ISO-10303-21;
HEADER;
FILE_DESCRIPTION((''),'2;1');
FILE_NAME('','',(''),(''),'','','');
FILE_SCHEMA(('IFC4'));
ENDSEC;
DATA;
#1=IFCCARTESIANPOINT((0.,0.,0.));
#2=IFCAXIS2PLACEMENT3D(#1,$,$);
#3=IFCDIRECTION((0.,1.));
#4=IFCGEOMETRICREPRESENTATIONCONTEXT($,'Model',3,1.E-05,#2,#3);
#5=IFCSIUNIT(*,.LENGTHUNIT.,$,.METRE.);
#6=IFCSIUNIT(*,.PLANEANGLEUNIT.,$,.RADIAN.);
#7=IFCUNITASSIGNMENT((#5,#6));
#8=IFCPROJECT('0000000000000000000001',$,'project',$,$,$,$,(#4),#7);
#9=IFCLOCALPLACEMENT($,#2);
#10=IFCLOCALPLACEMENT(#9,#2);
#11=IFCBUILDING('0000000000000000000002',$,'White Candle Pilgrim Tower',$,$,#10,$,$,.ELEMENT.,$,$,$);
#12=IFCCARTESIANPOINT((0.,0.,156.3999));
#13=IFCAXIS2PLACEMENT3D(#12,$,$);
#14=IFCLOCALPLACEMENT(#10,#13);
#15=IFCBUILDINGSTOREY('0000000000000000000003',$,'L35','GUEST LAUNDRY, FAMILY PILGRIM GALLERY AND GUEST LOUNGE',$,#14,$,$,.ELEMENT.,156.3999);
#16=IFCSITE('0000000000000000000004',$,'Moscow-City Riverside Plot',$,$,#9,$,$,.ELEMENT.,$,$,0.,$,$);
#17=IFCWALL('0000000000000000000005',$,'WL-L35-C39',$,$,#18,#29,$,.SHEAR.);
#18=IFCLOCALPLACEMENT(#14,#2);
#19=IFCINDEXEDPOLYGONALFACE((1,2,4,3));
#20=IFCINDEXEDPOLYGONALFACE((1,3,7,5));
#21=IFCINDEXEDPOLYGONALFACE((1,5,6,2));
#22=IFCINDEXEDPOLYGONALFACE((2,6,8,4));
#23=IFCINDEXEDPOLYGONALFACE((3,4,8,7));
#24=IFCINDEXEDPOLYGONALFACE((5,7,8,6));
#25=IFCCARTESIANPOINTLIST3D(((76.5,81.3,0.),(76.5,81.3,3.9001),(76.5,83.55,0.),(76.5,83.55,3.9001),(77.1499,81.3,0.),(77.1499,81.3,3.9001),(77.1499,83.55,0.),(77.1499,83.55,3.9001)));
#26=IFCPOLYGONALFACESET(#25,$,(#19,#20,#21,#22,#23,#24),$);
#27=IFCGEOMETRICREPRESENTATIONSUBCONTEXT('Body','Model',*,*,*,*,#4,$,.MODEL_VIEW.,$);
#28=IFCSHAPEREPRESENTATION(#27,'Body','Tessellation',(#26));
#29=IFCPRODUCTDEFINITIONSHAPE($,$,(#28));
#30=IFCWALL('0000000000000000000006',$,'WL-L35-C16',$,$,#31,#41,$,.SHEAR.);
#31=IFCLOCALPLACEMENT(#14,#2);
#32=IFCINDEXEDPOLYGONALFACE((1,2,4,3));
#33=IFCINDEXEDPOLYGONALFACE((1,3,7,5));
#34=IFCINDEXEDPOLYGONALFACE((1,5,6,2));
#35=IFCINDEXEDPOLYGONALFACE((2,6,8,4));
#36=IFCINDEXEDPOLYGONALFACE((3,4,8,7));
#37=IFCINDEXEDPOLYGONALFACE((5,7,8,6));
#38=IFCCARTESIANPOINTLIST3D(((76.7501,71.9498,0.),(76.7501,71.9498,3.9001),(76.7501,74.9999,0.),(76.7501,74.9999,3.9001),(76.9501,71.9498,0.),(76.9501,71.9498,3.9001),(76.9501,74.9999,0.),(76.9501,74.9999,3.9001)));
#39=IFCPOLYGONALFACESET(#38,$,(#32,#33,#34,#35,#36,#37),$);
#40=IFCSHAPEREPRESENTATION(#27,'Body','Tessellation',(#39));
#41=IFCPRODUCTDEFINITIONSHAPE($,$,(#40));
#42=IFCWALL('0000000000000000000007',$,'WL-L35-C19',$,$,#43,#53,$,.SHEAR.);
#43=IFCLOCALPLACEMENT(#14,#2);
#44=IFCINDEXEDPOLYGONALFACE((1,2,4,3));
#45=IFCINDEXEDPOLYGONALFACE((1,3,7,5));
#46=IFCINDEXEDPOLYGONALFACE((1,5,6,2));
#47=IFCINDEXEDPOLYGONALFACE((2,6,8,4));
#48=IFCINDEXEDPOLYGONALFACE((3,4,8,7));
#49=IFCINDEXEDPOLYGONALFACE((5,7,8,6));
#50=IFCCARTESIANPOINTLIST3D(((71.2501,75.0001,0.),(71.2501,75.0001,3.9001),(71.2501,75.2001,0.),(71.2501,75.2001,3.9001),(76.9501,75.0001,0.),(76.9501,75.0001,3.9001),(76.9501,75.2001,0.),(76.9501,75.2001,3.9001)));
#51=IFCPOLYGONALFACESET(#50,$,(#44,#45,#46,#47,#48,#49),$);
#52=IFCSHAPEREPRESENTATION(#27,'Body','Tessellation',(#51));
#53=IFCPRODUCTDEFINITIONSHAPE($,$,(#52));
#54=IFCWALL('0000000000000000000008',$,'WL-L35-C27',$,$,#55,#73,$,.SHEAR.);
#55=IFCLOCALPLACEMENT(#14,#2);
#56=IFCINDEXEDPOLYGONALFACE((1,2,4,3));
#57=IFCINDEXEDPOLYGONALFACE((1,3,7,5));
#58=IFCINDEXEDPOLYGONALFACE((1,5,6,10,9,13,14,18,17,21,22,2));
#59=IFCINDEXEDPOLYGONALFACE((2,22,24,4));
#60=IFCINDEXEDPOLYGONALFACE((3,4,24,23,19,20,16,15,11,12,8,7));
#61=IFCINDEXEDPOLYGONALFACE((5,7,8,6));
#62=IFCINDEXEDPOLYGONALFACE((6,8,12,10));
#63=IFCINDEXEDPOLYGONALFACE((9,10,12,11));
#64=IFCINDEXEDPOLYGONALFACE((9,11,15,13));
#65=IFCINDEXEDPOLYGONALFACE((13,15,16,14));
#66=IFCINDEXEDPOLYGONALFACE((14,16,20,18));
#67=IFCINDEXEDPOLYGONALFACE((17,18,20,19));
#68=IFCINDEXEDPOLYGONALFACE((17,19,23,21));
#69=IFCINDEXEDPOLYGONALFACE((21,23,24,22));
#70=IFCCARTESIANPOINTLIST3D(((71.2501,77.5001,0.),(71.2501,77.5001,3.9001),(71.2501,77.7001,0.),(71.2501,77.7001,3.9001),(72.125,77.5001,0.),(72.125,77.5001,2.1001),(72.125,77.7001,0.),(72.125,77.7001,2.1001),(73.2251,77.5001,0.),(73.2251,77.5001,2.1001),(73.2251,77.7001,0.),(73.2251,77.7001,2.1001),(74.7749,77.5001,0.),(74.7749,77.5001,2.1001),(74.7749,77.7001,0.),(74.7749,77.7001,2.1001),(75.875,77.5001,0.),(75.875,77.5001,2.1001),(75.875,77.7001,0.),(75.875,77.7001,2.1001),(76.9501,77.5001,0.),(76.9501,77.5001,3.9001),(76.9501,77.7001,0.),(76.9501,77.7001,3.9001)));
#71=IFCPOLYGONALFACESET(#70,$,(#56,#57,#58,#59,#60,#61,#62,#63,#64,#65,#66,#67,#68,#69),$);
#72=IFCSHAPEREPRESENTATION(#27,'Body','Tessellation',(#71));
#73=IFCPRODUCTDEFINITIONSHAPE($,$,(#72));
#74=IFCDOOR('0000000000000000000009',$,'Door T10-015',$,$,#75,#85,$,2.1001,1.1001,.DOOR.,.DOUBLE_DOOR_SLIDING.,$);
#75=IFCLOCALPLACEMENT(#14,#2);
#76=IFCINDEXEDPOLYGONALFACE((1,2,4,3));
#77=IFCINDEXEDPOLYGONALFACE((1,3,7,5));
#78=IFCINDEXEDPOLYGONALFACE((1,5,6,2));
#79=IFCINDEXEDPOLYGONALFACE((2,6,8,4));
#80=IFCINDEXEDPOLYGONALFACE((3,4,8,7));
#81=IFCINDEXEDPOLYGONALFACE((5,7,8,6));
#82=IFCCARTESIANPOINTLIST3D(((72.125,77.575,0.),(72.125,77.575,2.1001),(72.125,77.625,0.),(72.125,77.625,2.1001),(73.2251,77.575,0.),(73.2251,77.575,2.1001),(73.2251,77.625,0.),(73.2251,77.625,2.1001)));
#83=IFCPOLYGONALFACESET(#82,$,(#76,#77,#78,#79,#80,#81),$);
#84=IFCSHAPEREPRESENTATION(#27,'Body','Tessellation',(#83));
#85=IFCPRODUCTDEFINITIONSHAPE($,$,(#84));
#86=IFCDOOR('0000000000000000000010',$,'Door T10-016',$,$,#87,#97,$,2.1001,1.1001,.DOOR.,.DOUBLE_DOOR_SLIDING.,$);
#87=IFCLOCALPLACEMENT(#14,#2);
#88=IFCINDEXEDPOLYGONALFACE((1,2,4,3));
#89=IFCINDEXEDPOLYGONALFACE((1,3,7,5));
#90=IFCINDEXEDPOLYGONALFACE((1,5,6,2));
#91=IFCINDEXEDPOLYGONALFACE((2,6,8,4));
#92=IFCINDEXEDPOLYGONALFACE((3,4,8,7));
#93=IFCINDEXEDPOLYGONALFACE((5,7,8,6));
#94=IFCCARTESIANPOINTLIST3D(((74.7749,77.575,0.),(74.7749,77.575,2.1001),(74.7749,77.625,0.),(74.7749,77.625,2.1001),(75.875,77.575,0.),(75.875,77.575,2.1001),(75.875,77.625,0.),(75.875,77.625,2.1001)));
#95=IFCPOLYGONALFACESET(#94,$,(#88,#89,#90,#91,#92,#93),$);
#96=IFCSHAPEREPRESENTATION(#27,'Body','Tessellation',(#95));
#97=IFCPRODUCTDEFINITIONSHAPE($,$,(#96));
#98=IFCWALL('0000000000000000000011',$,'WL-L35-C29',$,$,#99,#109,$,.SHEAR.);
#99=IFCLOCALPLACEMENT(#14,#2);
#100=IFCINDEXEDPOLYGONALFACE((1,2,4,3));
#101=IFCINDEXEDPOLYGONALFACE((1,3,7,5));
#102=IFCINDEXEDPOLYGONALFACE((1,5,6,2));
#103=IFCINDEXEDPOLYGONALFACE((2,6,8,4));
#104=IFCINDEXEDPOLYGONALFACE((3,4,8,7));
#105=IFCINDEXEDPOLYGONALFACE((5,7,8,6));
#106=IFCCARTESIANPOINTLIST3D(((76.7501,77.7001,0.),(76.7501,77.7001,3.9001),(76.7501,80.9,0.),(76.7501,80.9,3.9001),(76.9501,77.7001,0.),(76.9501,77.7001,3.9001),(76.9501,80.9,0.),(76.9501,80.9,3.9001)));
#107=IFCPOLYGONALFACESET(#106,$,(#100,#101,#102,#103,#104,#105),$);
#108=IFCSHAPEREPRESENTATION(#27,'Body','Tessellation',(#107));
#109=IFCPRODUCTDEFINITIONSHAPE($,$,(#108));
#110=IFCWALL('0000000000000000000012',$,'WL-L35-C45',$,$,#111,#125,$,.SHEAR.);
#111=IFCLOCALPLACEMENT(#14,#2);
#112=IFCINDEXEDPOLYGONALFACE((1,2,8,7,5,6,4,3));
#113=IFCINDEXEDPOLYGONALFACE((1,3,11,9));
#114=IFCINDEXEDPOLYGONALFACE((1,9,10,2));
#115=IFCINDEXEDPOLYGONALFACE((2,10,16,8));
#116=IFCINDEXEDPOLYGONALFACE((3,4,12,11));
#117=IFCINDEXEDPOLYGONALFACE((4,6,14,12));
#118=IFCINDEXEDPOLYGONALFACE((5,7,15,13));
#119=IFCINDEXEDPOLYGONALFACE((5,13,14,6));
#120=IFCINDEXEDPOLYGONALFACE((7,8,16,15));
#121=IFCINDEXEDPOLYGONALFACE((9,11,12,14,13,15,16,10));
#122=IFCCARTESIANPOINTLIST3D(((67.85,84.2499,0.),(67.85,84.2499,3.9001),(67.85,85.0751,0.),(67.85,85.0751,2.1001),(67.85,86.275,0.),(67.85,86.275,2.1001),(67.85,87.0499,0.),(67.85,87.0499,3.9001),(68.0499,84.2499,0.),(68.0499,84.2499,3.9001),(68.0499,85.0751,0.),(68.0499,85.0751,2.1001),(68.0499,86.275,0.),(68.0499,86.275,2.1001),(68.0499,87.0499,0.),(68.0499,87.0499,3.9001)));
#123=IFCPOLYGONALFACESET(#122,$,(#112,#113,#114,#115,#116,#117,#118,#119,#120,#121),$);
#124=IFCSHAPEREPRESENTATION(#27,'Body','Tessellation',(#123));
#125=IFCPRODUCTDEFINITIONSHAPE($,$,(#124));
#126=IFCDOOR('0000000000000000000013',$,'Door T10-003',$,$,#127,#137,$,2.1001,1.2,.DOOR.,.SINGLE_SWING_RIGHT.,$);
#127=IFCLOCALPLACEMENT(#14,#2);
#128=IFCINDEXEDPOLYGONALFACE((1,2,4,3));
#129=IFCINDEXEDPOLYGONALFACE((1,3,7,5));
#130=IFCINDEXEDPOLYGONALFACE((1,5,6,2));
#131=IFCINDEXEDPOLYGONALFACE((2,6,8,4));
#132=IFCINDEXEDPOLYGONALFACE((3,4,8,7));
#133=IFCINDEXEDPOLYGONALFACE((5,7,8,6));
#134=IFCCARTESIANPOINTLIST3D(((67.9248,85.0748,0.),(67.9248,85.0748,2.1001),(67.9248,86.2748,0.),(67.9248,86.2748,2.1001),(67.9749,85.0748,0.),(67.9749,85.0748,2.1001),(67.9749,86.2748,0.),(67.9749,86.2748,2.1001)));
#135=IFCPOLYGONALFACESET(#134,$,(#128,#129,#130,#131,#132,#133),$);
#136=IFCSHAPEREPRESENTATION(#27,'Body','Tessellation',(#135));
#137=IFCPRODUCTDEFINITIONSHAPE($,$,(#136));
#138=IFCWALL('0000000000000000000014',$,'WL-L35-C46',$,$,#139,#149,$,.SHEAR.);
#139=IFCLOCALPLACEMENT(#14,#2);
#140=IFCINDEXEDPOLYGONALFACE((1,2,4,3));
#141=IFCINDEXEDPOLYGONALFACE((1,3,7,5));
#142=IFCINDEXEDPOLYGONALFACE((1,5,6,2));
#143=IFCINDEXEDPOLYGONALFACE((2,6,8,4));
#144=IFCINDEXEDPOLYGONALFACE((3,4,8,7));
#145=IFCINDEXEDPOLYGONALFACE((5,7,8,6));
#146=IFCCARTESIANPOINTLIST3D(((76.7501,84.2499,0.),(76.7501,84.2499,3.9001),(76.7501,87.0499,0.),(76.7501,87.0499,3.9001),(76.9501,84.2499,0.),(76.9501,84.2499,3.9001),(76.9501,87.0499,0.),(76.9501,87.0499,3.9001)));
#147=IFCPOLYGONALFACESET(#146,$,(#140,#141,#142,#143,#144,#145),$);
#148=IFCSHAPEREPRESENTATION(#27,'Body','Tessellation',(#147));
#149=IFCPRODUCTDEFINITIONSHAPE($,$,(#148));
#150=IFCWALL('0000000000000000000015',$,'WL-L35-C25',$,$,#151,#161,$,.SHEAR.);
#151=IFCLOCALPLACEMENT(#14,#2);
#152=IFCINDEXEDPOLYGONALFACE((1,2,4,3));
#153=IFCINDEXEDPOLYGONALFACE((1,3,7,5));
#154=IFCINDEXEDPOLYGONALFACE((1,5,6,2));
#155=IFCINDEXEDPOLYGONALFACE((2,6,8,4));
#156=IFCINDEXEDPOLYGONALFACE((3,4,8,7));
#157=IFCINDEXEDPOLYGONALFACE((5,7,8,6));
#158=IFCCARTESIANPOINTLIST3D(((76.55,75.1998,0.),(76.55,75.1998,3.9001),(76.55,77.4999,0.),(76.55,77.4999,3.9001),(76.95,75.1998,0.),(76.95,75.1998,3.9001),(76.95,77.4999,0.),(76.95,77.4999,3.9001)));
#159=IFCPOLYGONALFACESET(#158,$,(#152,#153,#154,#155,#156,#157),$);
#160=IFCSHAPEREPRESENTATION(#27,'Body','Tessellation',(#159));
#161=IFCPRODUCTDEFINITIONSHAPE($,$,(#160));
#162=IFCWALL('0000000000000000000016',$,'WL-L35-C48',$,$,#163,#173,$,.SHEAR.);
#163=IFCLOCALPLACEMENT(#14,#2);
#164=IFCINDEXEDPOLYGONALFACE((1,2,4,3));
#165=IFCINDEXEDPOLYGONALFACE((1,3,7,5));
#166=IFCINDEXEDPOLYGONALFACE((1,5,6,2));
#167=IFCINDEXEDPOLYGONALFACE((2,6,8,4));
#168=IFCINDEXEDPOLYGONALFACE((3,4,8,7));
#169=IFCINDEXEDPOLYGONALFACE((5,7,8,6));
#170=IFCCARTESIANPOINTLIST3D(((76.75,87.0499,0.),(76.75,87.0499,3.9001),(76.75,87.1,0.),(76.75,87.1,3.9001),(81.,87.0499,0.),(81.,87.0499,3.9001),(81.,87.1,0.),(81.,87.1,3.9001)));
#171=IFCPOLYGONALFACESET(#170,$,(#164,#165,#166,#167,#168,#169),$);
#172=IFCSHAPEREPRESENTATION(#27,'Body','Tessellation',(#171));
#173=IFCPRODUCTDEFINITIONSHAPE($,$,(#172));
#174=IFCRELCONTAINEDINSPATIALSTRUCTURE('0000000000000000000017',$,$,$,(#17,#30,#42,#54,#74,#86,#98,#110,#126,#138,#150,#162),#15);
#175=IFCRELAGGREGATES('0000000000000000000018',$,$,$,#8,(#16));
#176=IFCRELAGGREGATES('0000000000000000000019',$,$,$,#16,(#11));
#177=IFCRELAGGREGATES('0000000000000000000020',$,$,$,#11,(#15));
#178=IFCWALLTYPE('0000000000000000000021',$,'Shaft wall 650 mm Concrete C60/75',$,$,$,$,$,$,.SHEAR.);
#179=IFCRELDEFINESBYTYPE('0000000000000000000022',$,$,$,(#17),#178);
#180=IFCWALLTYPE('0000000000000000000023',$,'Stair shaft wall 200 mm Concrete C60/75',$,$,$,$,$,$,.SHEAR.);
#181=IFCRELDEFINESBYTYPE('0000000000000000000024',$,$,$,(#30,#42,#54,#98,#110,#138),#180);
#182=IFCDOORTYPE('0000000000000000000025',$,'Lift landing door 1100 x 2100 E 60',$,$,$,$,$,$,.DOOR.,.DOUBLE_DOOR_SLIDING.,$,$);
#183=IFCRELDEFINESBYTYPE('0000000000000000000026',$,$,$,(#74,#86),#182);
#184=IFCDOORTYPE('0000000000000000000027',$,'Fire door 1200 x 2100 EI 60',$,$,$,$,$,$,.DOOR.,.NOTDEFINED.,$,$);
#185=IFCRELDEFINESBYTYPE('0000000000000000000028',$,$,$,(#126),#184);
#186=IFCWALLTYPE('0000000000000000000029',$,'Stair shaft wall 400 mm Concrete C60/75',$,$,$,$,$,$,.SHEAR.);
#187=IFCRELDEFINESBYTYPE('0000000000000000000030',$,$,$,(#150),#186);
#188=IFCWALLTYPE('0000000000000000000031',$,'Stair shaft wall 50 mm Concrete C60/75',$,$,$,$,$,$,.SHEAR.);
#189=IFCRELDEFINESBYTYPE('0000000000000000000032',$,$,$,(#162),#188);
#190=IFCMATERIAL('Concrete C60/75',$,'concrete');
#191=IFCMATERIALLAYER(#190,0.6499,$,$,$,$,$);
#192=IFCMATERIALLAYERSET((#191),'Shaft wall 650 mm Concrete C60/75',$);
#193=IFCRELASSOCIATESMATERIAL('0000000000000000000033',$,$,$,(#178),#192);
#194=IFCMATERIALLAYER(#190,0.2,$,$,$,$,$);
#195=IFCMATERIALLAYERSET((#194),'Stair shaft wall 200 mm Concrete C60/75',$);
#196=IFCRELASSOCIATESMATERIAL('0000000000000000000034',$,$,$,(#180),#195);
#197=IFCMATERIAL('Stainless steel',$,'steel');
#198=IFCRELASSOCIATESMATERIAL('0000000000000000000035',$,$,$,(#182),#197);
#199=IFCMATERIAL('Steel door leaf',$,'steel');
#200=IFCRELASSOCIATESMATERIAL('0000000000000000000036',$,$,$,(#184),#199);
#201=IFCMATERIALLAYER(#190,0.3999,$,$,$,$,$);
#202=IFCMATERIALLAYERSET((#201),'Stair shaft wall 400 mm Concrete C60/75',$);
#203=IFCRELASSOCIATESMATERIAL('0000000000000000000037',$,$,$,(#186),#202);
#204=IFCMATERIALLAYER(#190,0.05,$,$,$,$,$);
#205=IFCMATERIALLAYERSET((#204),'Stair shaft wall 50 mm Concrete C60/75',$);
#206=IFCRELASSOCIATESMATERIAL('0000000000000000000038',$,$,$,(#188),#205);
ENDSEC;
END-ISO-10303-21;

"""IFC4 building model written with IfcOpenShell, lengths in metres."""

from ifc_helpers import new_model, si_unit, direction, frame, frame_2d, origin, place, context, subcontext, project, spatial, rectangle, extrude, material, layer, layer_set, type_object, element, fill, save


model = new_model("IFC4")

# Units and contexts
model_context = context("Model", 3, precision=1e-05, world=origin(), true_north=direction((0.0, 1.0)))
body_context = subcontext(model_context, "Body", "Model", "MODEL_VIEW")
ifc_project = project(units=[si_unit("LENGTHUNIT", "METRE"), si_unit("PLANEANGLEUNIT", "RADIAN")], contexts=[model_context])

# Site, building, storey
site_placement = place(None, origin())
site = spatial("IfcSite", under=ifc_project, at=site_placement, Name="Moscow-City Riverside Plot", CompositionType="ELEMENT", RefElevation=0.0)
building_placement = place(site_placement, origin())
building = spatial("IfcBuilding", under=site, at=building_placement, Name="White Candle Pilgrim Tower", CompositionType="ELEMENT")
storey_placement = place(building_placement, frame((0.0, 0.0, 156.3999)))
storey = spatial("IfcBuildingStorey", under=building, at=storey_placement, Name="L35", Description="GUEST LAUNDRY, FAMILY PILGRIM GALLERY AND GUEST LOUNGE", CompositionType="ELEMENT", Elevation=156.3999)

# Shared definitions
ifc_material_1 = material(Name="Concrete C60/75", Category="concrete")

# Shared definitions
ifc_material_2 = material(Name="Steel door leaf", Category="steel")

# Walls
ifc_layer_1 = layer(ifc_material_1, 0.6499)
ifc_layer_set_1 = layer_set([ifc_layer_1], Name="Shaft wall 650 mm Concrete C60/75")
wall_type_1 = type_object("IfcWallType", Name="Shaft wall 650 mm Concrete C60/75", PredefinedType="SHEAR", material=ifc_layer_set_1)
wall_1_placement = place(storey_placement, frame((76.825, 81.3, 0.0), z_axis=(0.0, 0.0, 1.0), x_axis=(0.0, 1.0, 0.0)))
element("IfcWall", 1, at=wall_1_placement, inside=storey, type_object=wall_type_1, Name="WL-L35-C39", PredefinedType="SHEAR", context=body_context, shape_type="SweptSolid", body=[
    extrude(rectangle(XDim=2.25, YDim=0.6499, at=frame_2d((1.125, 0.0))), origin(), (0.0, 0.0, 1.0), 3.9001),
])
ifc_layer_2 = layer(ifc_material_1, 0.2)
ifc_layer_set_2 = layer_set([ifc_layer_2], Name="Stair shaft wall 200 mm Concrete C60/75")
wall_type_2 = type_object("IfcWallType", Name="Stair shaft wall 200 mm Concrete C60/75", PredefinedType="SHEAR", material=ifc_layer_set_2)
wall_2_placement = place(storey_placement, frame((76.8501, 71.95, 0.0), z_axis=(0.0, 0.0, 1.0), x_axis=(0.0, 1.0, 0.0)))
element("IfcWall", 2, at=wall_2_placement, inside=storey, type_object=wall_type_2, Name="WL-L35-C16", PredefinedType="SHEAR", context=body_context, shape_type="SweptSolid", body=[
    extrude(rectangle(XDim=3.05, YDim=0.2, at=frame_2d((1.5249, 0.0))), origin(), (0.0, 0.0, 1.0), 3.9001),
])
wall_3_placement = place(storey_placement, frame((71.25, 75.1001, 0.0), z_axis=(0.0, 0.0, 1.0), x_axis=(1.0, 0.0, 0.0)))
element("IfcWall", 3, at=wall_3_placement, inside=storey, type_object=wall_type_2, Name="WL-L35-C19", PredefinedType="SHEAR", context=body_context, shape_type="SweptSolid", body=[
    extrude(rectangle(XDim=5.7, YDim=0.2, at=frame_2d((2.8501, 0.0))), origin(), (0.0, 0.0, 1.0), 3.9001),
])

# Wall, openings, doors
wall_4_placement = place(storey_placement, frame((71.25, 77.6001, 0.0), z_axis=(0.0, 0.0, 1.0), x_axis=(1.0, 0.0, 0.0)))
wall_4 = element("IfcWall", 4, at=wall_4_placement, inside=storey, type_object=wall_type_2, Name="WL-L35-C27", PredefinedType="SHEAR", context=body_context, shape_type="SweptSolid", body=[
    extrude(rectangle(XDim=5.7, YDim=0.2, at=frame_2d((2.8501, 0.0))), origin(), (0.0, 0.0, 1.0), 3.9001),
])
opening_1_placement = place(wall_4_placement, frame((0.875, 0.0, 0.0)))
opening_1 = element("IfcOpeningElement", 5, at=opening_1_placement, cuts=wall_4, PredefinedType="OPENING", context=body_context, shape_type="SweptSolid", body=[
    extrude(rectangle(XDim=1.1001, YDim=2.1001, at=frame_2d((0.55, 1.05))), frame((0.0, 0.1099, 0.0), z_axis=(0.0, -1.0, 0.0), x_axis=(1.0, 0.0, 0.0)), (0.0, 0.0, 1.0), 0.22),
])
opening_2_placement = place(wall_4_placement, frame((3.5249, 0.0, 0.0)))
opening_2 = element("IfcOpeningElement", 6, at=opening_2_placement, cuts=wall_4, PredefinedType="OPENING", context=body_context, shape_type="SweptSolid", body=[
    extrude(rectangle(XDim=1.1001, YDim=2.1001, at=frame_2d((0.55, 1.05))), frame((0.0, 0.1099, 0.0), z_axis=(0.0, -1.0, 0.0), x_axis=(1.0, 0.0, 0.0)), (0.0, 0.0, 1.0), 0.22),
])
ifc_material_3 = material(Name="Stainless steel", Category="steel")
door_type_1 = type_object("IfcDoorType", Name="Lift landing door 1100 x 2100 E 60", OperationType="DOUBLE_DOOR_SLIDING", PredefinedType="DOOR", material=ifc_material_3)
door_1_placement = place(opening_1_placement, origin())
door_1 = element("IfcDoor", 7, at=door_1_placement, inside=storey, type_object=door_type_1, Name="Door T10-015", OperationType="DOUBLE_DOOR_SLIDING", OverallHeight=2.1001, OverallWidth=1.1001, PredefinedType="DOOR", context=body_context, shape_type="SweptSolid", body=[
    extrude(rectangle(XDim=1.1001, YDim=2.1001, at=frame_2d((0.55, 1.05))), frame((0.0, 0.0249, 0.0), z_axis=(0.0, -1.0, 0.0), x_axis=(1.0, 0.0, 0.0)), (0.0, 0.0, 1.0), 0.05),
])
fill(opening_1, door_1)
door_2_placement = place(opening_2_placement, origin())
door_2 = element("IfcDoor", 8, at=door_2_placement, inside=storey, type_object=door_type_1, Name="Door T10-016", OperationType="DOUBLE_DOOR_SLIDING", OverallHeight=2.1001, OverallWidth=1.1001, PredefinedType="DOOR", context=body_context, shape_type="SweptSolid", body=[
    extrude(rectangle(XDim=1.1001, YDim=2.1001, at=frame_2d((0.55, 1.05))), frame((0.0, 0.0249, 0.0), z_axis=(0.0, -1.0, 0.0), x_axis=(1.0, 0.0, 0.0)), (0.0, 0.0, 1.0), 0.05),
])
fill(opening_2, door_2)

# Wall
wall_5_placement = place(storey_placement, frame((76.8501, 77.7, 0.0), z_axis=(0.0, 0.0, 1.0), x_axis=(0.0, 1.0, 0.0)))
element("IfcWall", 9, at=wall_5_placement, inside=storey, type_object=wall_type_2, Name="WL-L35-C29", PredefinedType="SHEAR", context=body_context, shape_type="SweptSolid", body=[
    extrude(rectangle(XDim=3.2, YDim=0.2, at=frame_2d((1.6001, 0.0))), origin(), (0.0, 0.0, 1.0), 3.9001),
])

# Wall, opening, door
wall_6_placement = place(storey_placement, frame((67.95, 84.25, 0.0), z_axis=(0.0, 0.0, 1.0), x_axis=(0.0, 1.0, 0.0)))
wall_6 = element("IfcWall", 10, at=wall_6_placement, inside=storey, type_object=wall_type_2, Name="WL-L35-C45", PredefinedType="SHEAR", context=body_context, shape_type="SweptSolid", body=[
    extrude(rectangle(XDim=2.8, YDim=0.2, at=frame_2d((1.3999, 0.0))), origin(), (0.0, 0.0, 1.0), 3.9001),
])
opening_3_placement = place(wall_6_placement, frame((0.825, 0.0, 0.0)))
opening_3 = element("IfcOpeningElement", 11, at=opening_3_placement, cuts=wall_6, PredefinedType="OPENING", context=body_context, shape_type="SweptSolid", body=[
    extrude(rectangle(XDim=1.2, YDim=2.1001, at=frame_2d((0.6001, 1.05))), frame((0.0, 0.1099, 0.0), z_axis=(0.0, -1.0, 0.0), x_axis=(1.0, 0.0, 0.0)), (0.0, 0.0, 1.0), 0.22),
])
door_type_2 = type_object("IfcDoorType", Name="Fire door 1200 x 2100 EI 60", OperationType="NOTDEFINED", PredefinedType="DOOR", material=ifc_material_2)
door_3_placement = place(opening_3_placement, frame((1.2, 0.0, 0.0), z_axis=(0.0, 0.0, 1.0), x_axis=(-1.0, 0.0, 0.0)))
door_3 = element("IfcDoor", 12, at=door_3_placement, inside=storey, type_object=door_type_2, Name="Door T10-003", OperationType="SINGLE_SWING_RIGHT", OverallHeight=2.1001, OverallWidth=1.2, PredefinedType="DOOR", context=body_context, shape_type="SweptSolid", body=[
    extrude(rectangle(XDim=1.2, YDim=2.1001, at=frame_2d((0.6001, 1.05))), frame((0.0, 0.0249, 0.0), z_axis=(0.0, -1.0, 0.0), x_axis=(1.0, 0.0, 0.0)), (0.0, 0.0, 1.0), 0.05),
])
fill(opening_3, door_3)

# Walls
wall_7_placement = place(storey_placement, frame((76.8501, 84.25, 0.0), z_axis=(0.0, 0.0, 1.0), x_axis=(0.0, 1.0, 0.0)))
element("IfcWall", 13, at=wall_7_placement, inside=storey, type_object=wall_type_2, Name="WL-L35-C46", PredefinedType="SHEAR", context=body_context, shape_type="SweptSolid", body=[
    extrude(rectangle(XDim=2.8, YDim=0.2, at=frame_2d((1.3999, 0.0))), origin(), (0.0, 0.0, 1.0), 3.9001),
])
ifc_layer_3 = layer(ifc_material_1, 0.3999)
ifc_layer_set_3 = layer_set([ifc_layer_3], Name="Stair shaft wall 400 mm Concrete C60/75")
wall_type_3 = type_object("IfcWallType", Name="Stair shaft wall 400 mm Concrete C60/75", PredefinedType="SHEAR", material=ifc_layer_set_3)
wall_8_placement = place(storey_placement, frame((76.75, 75.2, 0.0), z_axis=(0.0, 0.0, 1.0), x_axis=(0.0, 1.0, 0.0)))
element("IfcWall", 14, at=wall_8_placement, inside=storey, type_object=wall_type_3, Name="WL-L35-C25", PredefinedType="SHEAR", context=body_context, shape_type="SweptSolid", body=[
    extrude(rectangle(XDim=2.3, YDim=0.3999, at=frame_2d((1.1499, 0.0))), origin(), (0.0, 0.0, 1.0), 3.9001),
])
ifc_layer_4 = layer(ifc_material_1, 0.05)
ifc_layer_set_4 = layer_set([ifc_layer_4], Name="Stair shaft wall 50 mm Concrete C60/75")
wall_type_4 = type_object("IfcWallType", Name="Stair shaft wall 50 mm Concrete C60/75", PredefinedType="SHEAR", material=ifc_layer_set_4)
wall_9_placement = place(storey_placement, frame((76.75, 87.075, 0.0), z_axis=(0.0, 0.0, 1.0), x_axis=(1.0, 0.0, 0.0)))
element("IfcWall", 15, at=wall_9_placement, inside=storey, type_object=wall_type_4, Name="WL-L35-C48", PredefinedType="SHEAR", context=body_context, shape_type="SweptSolid", body=[
    extrude(rectangle(XDim=4.25, YDim=0.05, at=frame_2d((2.125, 0.0))), origin(), (0.0, 0.0, 1.0), 3.9001),
])

save(model, "model.ifc")
